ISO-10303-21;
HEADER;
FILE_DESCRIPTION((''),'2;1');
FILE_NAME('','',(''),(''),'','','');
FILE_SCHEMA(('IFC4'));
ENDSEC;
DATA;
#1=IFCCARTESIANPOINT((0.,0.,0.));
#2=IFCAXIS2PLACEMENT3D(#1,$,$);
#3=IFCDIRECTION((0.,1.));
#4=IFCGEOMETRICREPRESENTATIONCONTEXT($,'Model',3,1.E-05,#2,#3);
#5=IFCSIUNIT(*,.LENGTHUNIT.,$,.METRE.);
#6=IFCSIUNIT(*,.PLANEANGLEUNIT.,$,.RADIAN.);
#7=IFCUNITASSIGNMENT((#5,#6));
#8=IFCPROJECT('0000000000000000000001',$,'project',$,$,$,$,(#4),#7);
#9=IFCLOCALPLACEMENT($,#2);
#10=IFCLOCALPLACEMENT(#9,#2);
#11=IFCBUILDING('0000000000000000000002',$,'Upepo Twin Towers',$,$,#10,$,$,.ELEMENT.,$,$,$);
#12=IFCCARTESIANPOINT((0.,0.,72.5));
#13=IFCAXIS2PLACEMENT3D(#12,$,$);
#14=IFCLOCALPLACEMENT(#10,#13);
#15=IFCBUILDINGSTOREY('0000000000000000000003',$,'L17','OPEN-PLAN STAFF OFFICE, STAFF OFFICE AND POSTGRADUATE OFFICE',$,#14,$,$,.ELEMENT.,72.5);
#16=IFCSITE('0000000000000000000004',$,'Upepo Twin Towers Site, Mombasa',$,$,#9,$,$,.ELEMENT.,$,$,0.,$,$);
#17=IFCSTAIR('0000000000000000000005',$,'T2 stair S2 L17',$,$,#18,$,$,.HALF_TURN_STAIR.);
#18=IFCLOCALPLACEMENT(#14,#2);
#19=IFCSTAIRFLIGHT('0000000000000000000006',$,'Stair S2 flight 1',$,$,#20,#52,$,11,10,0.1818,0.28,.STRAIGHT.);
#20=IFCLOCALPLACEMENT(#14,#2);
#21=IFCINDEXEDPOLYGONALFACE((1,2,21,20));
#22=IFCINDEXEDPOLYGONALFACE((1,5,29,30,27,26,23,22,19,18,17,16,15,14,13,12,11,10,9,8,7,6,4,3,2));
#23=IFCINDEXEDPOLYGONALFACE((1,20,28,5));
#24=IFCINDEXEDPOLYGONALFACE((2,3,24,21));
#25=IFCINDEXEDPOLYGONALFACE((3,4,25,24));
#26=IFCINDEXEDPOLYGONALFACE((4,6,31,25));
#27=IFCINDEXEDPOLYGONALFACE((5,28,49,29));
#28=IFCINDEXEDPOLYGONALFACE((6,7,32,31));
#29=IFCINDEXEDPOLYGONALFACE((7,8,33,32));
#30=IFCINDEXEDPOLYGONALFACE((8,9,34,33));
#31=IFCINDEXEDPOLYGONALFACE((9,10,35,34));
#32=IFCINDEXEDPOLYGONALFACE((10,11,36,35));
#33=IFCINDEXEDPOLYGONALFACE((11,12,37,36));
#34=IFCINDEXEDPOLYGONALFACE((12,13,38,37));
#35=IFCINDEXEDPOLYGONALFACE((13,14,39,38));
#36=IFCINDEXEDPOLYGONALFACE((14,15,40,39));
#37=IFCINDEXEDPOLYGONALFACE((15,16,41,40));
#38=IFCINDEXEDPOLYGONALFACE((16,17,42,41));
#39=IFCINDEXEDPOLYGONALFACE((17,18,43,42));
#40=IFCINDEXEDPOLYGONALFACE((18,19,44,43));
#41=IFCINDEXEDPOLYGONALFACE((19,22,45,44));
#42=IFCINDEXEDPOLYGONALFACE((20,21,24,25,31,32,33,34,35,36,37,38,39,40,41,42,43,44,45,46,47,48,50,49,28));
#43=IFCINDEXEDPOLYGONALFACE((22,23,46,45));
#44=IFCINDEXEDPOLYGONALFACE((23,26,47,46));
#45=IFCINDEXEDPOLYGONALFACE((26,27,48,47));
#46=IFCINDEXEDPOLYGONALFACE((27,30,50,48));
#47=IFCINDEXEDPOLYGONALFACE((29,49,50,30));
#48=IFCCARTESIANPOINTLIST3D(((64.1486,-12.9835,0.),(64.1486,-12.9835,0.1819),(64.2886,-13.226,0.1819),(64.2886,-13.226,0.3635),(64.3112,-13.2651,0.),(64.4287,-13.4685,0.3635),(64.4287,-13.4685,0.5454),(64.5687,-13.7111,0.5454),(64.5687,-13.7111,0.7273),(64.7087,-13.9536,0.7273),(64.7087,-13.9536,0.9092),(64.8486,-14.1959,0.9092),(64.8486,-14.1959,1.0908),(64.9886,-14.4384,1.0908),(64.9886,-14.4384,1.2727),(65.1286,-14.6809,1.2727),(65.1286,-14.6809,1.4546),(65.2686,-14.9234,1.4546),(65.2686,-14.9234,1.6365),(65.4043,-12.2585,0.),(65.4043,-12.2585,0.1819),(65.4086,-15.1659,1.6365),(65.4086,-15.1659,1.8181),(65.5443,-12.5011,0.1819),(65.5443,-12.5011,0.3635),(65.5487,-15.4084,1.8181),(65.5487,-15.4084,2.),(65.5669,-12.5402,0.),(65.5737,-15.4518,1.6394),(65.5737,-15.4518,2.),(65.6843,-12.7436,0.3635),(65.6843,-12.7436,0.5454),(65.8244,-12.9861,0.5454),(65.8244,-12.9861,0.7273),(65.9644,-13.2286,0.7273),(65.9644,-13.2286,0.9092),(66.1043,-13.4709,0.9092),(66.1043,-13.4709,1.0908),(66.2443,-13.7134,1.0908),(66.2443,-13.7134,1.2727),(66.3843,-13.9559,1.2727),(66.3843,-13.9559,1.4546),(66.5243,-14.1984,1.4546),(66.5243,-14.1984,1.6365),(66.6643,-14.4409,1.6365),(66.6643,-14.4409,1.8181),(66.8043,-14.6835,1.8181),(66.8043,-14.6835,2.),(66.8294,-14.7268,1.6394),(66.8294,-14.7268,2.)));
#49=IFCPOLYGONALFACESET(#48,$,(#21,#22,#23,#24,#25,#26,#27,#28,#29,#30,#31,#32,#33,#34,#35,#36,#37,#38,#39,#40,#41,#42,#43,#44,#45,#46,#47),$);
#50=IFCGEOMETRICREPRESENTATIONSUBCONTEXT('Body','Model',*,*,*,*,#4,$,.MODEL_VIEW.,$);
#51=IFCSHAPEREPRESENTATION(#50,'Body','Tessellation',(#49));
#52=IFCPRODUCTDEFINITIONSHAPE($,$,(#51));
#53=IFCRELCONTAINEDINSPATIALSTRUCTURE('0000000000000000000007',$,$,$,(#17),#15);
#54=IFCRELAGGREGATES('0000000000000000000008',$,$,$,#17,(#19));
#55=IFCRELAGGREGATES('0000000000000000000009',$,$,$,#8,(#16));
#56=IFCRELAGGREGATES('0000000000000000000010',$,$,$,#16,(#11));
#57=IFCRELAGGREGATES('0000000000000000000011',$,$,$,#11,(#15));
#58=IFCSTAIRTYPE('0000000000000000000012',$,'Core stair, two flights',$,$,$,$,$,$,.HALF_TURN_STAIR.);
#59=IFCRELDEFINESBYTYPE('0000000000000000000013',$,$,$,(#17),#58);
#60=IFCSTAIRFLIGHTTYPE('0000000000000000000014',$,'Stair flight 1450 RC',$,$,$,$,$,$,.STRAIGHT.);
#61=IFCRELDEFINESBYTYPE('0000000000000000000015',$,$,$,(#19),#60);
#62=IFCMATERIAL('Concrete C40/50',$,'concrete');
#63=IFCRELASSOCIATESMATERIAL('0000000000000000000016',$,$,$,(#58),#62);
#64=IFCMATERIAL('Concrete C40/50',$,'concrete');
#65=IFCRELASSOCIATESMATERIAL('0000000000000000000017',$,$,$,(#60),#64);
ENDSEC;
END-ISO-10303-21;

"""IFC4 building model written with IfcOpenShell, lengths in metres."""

from ifc_helpers import new_model, si_unit, direction, frame, origin, place, context, subcontext, project, spatial, polyline, outline, extrude, material, type_object, element, aggregate, save


model = new_model("IFC4")

# Units and contexts
model_context = context("Model", 3, precision=1e-05, world=origin(), true_north=direction((0.0, 1.0)))
body_context = subcontext(model_context, "Body", "Model", "MODEL_VIEW")
ifc_project = project(units=[si_unit("LENGTHUNIT", "METRE"), si_unit("PLANEANGLEUNIT", "RADIAN")], contexts=[model_context])

# Site, building, storey
site_placement = place(None, origin())
site = spatial("IfcSite", under=ifc_project, at=site_placement, Name="Upepo Twin Towers Site, Mombasa", CompositionType="ELEMENT", RefElevation=0.0)
building_placement = place(site_placement, origin())
building = spatial("IfcBuilding", under=site, at=building_placement, Name="Upepo Twin Towers", CompositionType="ELEMENT")
storey_placement = place(building_placement, frame((0.0, 0.0, 72.5)))
storey = spatial("IfcBuildingStorey", under=building, at=storey_placement, Name="L17", Description="OPEN-PLAN STAFF OFFICE, STAFF OFFICE AND POSTGRADUATE OFFICE", CompositionType="ELEMENT", Elevation=72.5)

# Stair, stair flight
ifc_material_1 = material(Name="Concrete C40/50", Category="concrete")
stair_type = type_object("IfcStairType", Name="Core stair, two flights", PredefinedType="HALF_TURN_STAIR", material=ifc_material_1)
stair_placement = place(storey_placement, origin())
stair = element("IfcStair", 1, at=stair_placement, inside=storey, type_object=stair_type, Name="T2 stair S2 L17", PredefinedType="HALF_TURN_STAIR")
ifc_material_2 = material(Name="Concrete C40/50", Category="concrete")
stair_flight_type = type_object("IfcStairFlightType", Name="Stair flight 1450 RC", PredefinedType="STRAIGHT", material=ifc_material_2)
stair_flight_placement = place(storey_placement, frame((64.7764, -12.6211, 0.0), z_axis=(0.0, 0.0, 1.0), x_axis=(0.5, -0.866025, 0.0)))
stair_flight = element("IfcStairFlight", 2, at=stair_flight_placement, type_object=stair_flight_type, Name="Stair S2 flight 1", NumberOfRisers=11, NumberOfTreads=10, PredefinedType="STRAIGHT", RiserHeight=0.1818, TreadLength=0.28, context=body_context, shape_type="SweptSolid", body=[
    extrude(outline(polyline([(0.0, 0.0), (0.0, 0.1819), (0.28, 0.1819), (0.28, 0.3635), (0.5601, 0.3635), (0.5601, 0.5454), (0.8401, 0.5454), (0.8401, 0.7273), (1.1201, 0.7273), (1.1201, 0.9092), (1.3999, 0.9092), (1.3999, 1.0908), (1.6799, 1.0908), (1.6799, 1.2727), (1.96, 1.2727), (1.96, 1.4546), (2.24, 1.4546), (2.24, 1.6365), (2.52, 1.6365), (2.52, 1.8181), (2.8, 1.8181), (2.8, 2.0), (2.8501, 2.0), (2.8501, 1.6394), (0.3252, 0.0), (0.0, 0.0)])), frame((0.0, 0.7251, 0.0), z_axis=(0.0, -1.0, 0.0), x_axis=(1.0, 0.0, 0.0)), (0.0, 0.0, 1.0), 1.45),
])
aggregate(stair, [stair_flight])

save(model, "model.ifc")
